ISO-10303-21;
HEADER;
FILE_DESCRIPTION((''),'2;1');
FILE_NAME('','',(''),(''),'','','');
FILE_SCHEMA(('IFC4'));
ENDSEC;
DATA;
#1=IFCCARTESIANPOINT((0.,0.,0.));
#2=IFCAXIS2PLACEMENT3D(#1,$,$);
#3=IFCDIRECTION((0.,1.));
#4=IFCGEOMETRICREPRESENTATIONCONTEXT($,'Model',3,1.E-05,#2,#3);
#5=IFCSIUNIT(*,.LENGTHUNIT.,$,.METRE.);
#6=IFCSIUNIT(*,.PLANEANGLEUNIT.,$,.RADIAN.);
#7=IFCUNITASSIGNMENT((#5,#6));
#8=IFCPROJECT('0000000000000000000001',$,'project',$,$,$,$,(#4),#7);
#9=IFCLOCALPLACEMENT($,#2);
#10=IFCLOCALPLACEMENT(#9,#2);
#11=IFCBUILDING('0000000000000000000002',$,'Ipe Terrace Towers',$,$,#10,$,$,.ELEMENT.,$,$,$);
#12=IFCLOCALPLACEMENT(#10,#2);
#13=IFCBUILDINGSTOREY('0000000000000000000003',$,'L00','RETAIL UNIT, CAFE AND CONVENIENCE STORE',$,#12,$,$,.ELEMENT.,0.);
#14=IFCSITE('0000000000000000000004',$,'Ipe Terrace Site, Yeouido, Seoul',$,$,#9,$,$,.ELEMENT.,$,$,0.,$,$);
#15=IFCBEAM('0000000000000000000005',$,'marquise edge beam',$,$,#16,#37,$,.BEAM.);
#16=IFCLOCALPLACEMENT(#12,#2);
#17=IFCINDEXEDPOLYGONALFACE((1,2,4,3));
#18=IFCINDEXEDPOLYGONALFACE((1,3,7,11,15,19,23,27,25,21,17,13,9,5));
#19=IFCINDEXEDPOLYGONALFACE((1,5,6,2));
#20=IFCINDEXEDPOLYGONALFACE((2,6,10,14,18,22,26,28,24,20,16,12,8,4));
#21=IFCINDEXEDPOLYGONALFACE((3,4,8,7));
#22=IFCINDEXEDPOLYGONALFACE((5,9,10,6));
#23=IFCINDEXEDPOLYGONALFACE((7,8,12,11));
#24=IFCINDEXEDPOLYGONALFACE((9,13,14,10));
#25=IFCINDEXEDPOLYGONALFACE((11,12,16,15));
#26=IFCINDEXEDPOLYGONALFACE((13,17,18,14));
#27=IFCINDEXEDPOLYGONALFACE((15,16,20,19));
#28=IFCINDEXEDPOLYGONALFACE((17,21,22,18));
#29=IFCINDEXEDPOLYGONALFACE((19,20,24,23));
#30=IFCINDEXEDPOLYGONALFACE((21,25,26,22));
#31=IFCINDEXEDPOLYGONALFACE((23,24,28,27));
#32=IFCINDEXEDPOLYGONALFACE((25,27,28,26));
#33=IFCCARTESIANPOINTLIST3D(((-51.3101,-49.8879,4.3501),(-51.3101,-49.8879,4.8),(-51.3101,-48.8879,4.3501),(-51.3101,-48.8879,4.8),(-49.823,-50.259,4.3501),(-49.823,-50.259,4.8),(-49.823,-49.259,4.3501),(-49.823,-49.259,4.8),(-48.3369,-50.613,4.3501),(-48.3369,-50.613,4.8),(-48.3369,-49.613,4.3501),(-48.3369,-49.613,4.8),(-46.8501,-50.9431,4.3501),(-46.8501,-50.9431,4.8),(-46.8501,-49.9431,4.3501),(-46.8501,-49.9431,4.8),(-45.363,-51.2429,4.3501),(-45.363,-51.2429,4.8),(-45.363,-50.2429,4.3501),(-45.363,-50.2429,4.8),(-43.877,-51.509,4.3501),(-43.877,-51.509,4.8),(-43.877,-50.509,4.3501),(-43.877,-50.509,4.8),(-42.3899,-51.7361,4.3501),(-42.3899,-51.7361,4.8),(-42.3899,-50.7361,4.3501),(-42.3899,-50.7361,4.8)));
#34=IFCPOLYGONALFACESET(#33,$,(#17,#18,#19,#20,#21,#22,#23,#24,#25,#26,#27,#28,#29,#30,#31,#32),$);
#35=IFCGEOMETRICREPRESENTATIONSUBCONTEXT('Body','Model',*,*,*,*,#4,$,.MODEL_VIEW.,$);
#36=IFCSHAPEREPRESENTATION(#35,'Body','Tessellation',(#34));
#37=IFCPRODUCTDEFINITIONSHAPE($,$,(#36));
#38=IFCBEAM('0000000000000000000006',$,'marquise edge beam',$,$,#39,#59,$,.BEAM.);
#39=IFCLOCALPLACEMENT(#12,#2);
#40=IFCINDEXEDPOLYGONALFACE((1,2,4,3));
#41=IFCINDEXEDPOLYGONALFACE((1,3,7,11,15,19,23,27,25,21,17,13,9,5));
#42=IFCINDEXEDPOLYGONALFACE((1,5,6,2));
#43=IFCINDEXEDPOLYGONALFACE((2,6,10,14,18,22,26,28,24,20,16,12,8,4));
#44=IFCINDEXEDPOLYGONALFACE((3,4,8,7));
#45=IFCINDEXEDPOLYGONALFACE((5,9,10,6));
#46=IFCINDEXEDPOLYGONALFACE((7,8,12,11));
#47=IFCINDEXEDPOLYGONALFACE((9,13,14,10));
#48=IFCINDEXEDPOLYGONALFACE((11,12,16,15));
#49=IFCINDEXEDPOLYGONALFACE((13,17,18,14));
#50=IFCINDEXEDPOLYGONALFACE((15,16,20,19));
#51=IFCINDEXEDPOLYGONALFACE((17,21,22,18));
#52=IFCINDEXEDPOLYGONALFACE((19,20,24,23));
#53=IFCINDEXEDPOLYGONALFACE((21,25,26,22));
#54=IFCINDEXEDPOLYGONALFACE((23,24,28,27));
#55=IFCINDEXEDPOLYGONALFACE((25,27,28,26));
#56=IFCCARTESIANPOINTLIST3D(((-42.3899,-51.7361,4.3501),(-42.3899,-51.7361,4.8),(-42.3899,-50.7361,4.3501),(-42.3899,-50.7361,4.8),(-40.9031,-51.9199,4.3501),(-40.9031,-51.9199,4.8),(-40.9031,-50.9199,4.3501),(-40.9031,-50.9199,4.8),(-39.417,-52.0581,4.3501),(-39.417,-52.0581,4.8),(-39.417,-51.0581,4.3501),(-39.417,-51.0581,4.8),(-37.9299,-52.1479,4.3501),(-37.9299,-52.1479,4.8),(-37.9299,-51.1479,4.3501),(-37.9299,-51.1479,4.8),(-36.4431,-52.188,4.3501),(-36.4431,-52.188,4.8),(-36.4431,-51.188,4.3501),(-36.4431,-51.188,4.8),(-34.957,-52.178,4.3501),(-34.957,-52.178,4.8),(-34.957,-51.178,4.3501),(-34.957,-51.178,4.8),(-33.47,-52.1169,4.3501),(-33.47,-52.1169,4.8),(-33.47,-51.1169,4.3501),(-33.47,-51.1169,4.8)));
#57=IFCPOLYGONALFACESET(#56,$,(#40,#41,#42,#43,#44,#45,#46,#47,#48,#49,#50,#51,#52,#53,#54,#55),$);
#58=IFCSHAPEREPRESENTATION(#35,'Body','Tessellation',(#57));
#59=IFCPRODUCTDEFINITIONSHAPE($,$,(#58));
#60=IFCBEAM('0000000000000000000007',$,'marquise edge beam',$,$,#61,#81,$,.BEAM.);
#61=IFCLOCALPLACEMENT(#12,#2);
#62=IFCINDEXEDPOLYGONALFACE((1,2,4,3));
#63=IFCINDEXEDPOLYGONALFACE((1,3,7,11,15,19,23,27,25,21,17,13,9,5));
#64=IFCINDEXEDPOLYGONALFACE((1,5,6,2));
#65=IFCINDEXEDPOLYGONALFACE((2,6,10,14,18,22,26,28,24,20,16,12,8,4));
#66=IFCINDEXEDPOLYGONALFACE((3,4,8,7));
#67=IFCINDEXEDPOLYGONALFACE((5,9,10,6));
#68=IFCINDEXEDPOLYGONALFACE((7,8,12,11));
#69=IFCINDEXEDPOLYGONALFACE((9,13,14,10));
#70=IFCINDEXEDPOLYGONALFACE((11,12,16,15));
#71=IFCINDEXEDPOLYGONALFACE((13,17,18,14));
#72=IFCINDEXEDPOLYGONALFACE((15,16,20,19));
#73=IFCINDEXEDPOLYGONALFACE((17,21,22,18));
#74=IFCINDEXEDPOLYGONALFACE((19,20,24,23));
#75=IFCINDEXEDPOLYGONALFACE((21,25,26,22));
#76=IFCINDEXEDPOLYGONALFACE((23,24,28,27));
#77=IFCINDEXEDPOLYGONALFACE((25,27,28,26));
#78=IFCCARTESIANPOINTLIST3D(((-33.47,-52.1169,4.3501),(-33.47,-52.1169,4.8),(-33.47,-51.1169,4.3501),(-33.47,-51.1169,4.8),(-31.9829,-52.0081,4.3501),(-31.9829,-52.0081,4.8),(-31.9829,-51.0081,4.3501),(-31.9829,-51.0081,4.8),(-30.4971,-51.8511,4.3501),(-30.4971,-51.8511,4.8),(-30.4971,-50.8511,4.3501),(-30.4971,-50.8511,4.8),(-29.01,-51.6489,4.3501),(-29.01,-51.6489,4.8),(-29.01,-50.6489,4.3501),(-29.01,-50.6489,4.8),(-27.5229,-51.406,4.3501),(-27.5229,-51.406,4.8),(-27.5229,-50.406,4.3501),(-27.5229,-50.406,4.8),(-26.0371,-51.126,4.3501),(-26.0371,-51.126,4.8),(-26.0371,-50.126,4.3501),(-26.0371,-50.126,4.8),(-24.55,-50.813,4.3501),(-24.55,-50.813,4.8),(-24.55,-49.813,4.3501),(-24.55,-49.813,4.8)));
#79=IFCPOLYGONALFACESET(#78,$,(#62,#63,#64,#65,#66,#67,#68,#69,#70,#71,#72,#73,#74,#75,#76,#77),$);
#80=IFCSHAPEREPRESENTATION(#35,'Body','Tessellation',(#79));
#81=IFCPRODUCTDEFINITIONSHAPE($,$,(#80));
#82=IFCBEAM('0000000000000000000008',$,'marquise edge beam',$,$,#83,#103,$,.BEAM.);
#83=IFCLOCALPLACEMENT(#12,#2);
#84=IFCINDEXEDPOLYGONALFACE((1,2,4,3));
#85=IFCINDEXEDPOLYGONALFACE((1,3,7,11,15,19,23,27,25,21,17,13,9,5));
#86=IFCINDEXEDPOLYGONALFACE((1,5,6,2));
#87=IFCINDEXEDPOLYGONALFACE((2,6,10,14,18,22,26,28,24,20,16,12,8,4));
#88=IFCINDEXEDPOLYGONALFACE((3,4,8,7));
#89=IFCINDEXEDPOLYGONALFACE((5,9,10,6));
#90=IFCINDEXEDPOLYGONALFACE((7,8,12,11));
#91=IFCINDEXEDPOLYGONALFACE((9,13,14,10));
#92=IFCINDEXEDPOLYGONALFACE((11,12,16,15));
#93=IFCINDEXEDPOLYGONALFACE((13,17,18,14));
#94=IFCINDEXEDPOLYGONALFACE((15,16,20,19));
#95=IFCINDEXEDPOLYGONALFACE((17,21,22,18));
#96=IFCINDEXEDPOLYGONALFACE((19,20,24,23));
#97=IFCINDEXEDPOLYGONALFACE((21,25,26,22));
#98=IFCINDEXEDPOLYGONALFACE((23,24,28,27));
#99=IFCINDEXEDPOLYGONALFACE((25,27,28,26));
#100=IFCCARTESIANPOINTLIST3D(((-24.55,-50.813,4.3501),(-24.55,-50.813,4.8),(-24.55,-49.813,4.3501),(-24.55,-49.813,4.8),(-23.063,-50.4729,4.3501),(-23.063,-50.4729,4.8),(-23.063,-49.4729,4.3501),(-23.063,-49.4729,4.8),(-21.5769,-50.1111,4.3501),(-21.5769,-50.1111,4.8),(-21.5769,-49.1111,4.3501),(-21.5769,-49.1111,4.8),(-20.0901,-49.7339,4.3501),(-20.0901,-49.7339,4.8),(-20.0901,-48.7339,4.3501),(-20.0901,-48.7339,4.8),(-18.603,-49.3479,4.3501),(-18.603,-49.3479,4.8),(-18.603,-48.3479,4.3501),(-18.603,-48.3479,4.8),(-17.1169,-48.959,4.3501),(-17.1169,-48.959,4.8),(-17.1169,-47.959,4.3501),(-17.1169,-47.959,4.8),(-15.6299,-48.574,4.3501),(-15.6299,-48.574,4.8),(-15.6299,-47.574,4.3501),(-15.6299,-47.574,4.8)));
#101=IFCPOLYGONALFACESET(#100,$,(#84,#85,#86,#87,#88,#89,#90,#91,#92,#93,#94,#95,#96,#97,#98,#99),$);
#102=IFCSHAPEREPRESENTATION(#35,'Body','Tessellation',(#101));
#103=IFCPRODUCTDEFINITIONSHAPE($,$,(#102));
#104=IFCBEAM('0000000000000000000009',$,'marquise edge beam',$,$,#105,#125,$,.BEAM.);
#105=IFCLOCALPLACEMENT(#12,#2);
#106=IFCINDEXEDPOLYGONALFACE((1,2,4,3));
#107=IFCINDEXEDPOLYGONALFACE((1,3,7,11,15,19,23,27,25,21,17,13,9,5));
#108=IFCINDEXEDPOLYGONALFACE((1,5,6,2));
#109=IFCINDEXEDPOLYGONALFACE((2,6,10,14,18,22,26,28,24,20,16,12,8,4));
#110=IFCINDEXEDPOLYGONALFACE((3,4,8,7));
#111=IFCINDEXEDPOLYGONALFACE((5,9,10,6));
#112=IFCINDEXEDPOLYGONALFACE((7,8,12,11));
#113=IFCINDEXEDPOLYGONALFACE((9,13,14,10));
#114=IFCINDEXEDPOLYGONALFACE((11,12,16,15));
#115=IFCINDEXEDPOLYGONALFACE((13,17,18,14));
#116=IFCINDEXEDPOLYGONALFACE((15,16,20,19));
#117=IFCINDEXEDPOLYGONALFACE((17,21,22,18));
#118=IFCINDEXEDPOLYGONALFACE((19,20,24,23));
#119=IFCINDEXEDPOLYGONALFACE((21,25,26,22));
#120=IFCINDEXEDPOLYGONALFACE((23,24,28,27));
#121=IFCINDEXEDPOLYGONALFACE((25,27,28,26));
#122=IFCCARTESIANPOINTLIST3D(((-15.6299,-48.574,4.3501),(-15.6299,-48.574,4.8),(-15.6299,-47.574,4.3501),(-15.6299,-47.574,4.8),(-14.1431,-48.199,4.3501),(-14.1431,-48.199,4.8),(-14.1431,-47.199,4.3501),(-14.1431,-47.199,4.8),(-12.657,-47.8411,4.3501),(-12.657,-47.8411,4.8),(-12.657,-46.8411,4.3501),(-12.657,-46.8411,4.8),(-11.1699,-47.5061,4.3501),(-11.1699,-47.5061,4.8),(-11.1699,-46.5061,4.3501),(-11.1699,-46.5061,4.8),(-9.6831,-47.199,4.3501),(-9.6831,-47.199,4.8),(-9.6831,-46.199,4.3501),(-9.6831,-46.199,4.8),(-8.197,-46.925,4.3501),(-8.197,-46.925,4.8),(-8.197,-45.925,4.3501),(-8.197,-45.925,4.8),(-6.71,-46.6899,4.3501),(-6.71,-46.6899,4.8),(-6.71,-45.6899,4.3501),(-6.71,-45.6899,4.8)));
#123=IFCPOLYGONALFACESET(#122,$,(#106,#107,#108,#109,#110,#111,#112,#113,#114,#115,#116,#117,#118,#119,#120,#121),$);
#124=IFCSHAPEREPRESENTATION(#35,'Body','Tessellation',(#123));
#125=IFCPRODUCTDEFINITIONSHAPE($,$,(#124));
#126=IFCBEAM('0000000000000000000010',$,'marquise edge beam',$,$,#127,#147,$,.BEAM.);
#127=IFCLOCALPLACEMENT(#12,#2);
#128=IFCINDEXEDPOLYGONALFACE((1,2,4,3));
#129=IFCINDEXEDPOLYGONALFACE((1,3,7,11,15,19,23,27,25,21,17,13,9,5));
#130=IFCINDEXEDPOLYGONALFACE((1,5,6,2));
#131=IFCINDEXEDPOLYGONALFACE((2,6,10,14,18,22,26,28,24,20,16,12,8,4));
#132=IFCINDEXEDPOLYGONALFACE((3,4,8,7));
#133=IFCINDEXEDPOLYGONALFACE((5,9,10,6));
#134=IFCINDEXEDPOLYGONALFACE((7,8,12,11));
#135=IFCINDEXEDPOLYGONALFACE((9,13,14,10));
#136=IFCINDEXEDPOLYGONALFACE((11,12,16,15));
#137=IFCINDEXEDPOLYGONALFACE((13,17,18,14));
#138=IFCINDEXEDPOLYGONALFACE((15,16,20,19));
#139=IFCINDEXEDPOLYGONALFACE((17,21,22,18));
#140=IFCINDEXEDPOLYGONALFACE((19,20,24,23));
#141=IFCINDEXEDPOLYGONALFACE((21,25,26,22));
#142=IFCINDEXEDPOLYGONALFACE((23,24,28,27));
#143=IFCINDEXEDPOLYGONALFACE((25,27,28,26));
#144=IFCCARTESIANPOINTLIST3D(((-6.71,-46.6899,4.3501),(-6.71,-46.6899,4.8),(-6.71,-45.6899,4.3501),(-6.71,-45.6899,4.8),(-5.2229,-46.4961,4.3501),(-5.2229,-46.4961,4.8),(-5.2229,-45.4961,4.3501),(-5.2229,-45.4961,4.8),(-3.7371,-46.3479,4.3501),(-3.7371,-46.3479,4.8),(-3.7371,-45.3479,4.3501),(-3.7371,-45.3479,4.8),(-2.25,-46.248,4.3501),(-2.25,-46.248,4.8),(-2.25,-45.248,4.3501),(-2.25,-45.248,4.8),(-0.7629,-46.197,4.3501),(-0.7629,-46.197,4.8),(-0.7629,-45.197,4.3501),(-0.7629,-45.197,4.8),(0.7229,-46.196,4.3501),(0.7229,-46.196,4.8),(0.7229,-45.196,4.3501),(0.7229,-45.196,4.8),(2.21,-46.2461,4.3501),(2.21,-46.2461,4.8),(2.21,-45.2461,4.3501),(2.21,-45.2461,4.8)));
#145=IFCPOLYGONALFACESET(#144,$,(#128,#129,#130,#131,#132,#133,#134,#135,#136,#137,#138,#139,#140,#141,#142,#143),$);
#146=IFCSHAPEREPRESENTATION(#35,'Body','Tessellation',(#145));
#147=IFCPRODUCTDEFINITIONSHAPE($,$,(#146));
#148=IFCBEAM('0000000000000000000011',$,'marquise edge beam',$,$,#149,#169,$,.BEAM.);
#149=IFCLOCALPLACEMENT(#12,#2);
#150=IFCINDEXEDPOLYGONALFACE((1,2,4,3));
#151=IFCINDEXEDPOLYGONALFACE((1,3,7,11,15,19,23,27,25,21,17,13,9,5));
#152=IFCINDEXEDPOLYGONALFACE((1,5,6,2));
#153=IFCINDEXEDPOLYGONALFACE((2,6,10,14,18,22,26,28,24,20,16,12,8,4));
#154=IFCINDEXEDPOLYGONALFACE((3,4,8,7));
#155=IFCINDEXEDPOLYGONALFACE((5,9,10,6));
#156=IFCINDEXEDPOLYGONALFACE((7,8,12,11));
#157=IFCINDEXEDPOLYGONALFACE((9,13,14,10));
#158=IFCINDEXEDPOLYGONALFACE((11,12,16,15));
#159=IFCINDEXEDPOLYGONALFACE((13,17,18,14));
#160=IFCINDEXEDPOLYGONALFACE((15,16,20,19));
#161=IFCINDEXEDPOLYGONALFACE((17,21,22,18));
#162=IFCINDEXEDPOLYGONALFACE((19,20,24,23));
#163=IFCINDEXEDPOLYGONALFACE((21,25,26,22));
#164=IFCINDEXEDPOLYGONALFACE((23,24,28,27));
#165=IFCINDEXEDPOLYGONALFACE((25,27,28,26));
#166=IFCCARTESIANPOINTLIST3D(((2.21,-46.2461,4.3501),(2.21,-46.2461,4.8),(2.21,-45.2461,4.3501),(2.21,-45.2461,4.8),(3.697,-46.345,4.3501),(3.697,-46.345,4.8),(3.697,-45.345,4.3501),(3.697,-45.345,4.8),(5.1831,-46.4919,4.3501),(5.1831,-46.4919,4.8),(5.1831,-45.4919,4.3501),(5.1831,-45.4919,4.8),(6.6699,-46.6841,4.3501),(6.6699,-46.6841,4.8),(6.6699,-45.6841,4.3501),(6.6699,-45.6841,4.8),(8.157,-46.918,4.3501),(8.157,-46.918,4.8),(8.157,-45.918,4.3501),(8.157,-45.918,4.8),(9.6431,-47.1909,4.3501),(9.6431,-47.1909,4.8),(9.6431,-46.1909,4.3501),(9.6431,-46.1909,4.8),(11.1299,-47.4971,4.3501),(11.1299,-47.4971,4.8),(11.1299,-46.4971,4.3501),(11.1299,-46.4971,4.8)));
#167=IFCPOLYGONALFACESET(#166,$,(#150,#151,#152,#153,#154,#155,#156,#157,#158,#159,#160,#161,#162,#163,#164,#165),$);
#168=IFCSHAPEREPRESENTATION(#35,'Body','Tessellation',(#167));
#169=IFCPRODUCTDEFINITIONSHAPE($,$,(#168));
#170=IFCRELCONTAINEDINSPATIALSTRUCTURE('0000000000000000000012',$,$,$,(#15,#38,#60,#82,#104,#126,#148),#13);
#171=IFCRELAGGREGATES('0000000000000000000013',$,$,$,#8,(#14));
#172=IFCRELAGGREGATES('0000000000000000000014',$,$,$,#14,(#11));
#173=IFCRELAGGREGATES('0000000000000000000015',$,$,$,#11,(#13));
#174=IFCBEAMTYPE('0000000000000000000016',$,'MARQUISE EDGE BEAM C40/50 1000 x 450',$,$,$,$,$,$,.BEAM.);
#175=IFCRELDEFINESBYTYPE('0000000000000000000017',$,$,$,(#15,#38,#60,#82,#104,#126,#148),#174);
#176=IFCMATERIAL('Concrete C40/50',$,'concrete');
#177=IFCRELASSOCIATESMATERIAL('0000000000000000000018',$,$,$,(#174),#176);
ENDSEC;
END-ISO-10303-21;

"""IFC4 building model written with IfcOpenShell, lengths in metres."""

from ifc_helpers import new_model, si_unit, direction, frame, origin, place, context, subcontext, project, spatial, polyline, outline, extrude, material, type_object, element, save


model = new_model("IFC4")

# Units and contexts
model_context = context("Model", 3, precision=1e-05, world=origin(), true_north=direction((0.0, 1.0)))
body_context = subcontext(model_context, "Body", "Model", "MODEL_VIEW")
ifc_project = project(units=[si_unit("LENGTHUNIT", "METRE"), si_unit("PLANEANGLEUNIT", "RADIAN")], contexts=[model_context])

# Site, building, storey
site_placement = place(None, origin())
site = spatial("IfcSite", under=ifc_project, at=site_placement, Name="Ipe Terrace Site, Yeouido, Seoul", CompositionType="ELEMENT", RefElevation=0.0)
building_placement = place(site_placement, origin())
building = spatial("IfcBuilding", under=site, at=building_placement, Name="Ipe Terrace Towers", CompositionType="ELEMENT")
storey_placement = place(building_placement, origin())
storey = spatial("IfcBuildingStorey", under=building, at=storey_placement, Name="L00", Description="RETAIL UNIT, CAFE AND CONVENIENCE STORE", CompositionType="ELEMENT", Elevation=0.0)

# Beams
ifc_material_1 = material(Name="Concrete C40/50", Category="concrete")
beam_type = type_object("IfcBeamType", Name="MARQUISE EDGE BEAM C40/50 1000 x 450", PredefinedType="BEAM", material=ifc_material_1)
beam_1_placement = place(storey_placement, frame((0.0, 0.0, 4.3501)))
element("IfcBeam", 1, at=beam_1_placement, inside=storey, type_object=beam_type, Name="marquise edge beam", PredefinedType="BEAM", context=body_context, shape_type="SweptSolid", body=[
    extrude(outline(polyline([(-51.3101, -49.8879), (-51.3101, -48.8879), (-49.823, -49.259), (-48.3369, -49.613), (-46.8501, -49.9431), (-45.363, -50.2429), (-43.877, -50.509), (-42.3899, -50.7361), (-42.3899, -51.7361), (-43.877, -51.509), (-45.363, -51.2429), (-46.8501, -50.9431), (-48.3369, -50.613), (-49.823, -50.259), (-51.3101, -49.8879)])), origin(), (0.0, 0.0, 1.0), 0.45),
])
beam_2_placement = place(storey_placement, frame((0.0, 0.0, 4.3501)))
element("IfcBeam", 2, at=beam_2_placement, inside=storey, type_object=beam_type, Name="marquise edge beam", PredefinedType="BEAM", context=body_context, shape_type="SweptSolid", body=[
    extrude(outline(polyline([(-42.3899, -51.7361), (-42.3899, -50.7361), (-40.9031, -50.9199), (-39.417, -51.0581), (-37.9299, -51.1479), (-36.4431, -51.188), (-34.957, -51.178), (-33.47, -51.1169), (-33.47, -52.1169), (-34.957, -52.178), (-36.4431, -52.188), (-37.9299, -52.1479), (-39.417, -52.0581), (-40.9031, -51.9199), (-42.3899, -51.7361)])), origin(), (0.0, 0.0, 1.0), 0.45),
])
beam_3_placement = place(storey_placement, frame((0.0, 0.0, 4.3501)))
element("IfcBeam", 3, at=beam_3_placement, inside=storey, type_object=beam_type, Name="marquise edge beam", PredefinedType="BEAM", context=body_context, shape_type="SweptSolid", body=[
    extrude(outline(polyline([(-33.47, -52.1169), (-33.47, -51.1169), (-31.9829, -51.0081), (-30.4971, -50.8511), (-29.01, -50.6489), (-27.5229, -50.406), (-26.0371, -50.126), (-24.55, -49.813), (-24.55, -50.813), (-26.0371, -51.126), (-27.5229, -51.406), (-29.01, -51.6489), (-30.4971, -51.8511), (-31.9829, -52.0081), (-33.47, -52.1169)])), origin(), (0.0, 0.0, 1.0), 0.45),
])
beam_4_placement = place(storey_placement, frame((0.0, 0.0, 4.3501)))
element("IfcBeam", 4, at=beam_4_placement, inside=storey, type_object=beam_type, Name="marquise edge beam", PredefinedType="BEAM", context=body_context, shape_type="SweptSolid", body=[
    extrude(outline(polyline([(-24.55, -50.813), (-24.55, -49.813), (-23.063, -49.4729), (-21.5769, -49.1111), (-20.0901, -48.7339), (-18.603, -48.3479), (-17.1169, -47.959), (-15.6299, -47.574), (-15.6299, -48.574), (-17.1169, -48.959), (-18.603, -49.3479), (-20.0901, -49.7339), (-21.5769, -50.1111), (-23.063, -50.4729), (-24.55, -50.813)])), origin(), (0.0, 0.0, 1.0), 0.45),
])
beam_5_placement = place(storey_placement, frame((0.0, 0.0, 4.3501)))
element("IfcBeam", 5, at=beam_5_placement, inside=storey, type_object=beam_type, Name="marquise edge beam", PredefinedType="BEAM", context=body_context, shape_type="SweptSolid", body=[
    extrude(outline(polyline([(-15.6299, -48.574), (-15.6299, -47.574), (-14.1431, -47.199), (-12.657, -46.8411), (-11.1699, -46.5061), (-9.6831, -46.199), (-8.197, -45.925), (-6.71, -45.6899), (-6.71, -46.6899), (-8.197, -46.925), (-9.6831, -47.199), (-11.1699, -47.5061), (-12.657, -47.8411), (-14.1431, -48.199), (-15.6299, -48.574)])), origin(), (0.0, 0.0, 1.0), 0.45),
])
beam_6_placement = place(storey_placement, frame((0.0, 0.0, 4.3501)))
element("IfcBeam", 6, at=beam_6_placement, inside=storey, type_object=beam_type, Name="marquise edge beam", PredefinedType="BEAM", context=body_context, shape_type="SweptSolid", body=[
    extrude(outline(polyline([(-6.71, -46.6899), (-6.71, -45.6899), (-5.2229, -45.4961), (-3.7371, -45.3479), (-2.25, -45.248), (-0.7629, -45.197), (0.7229, -45.196), (2.21, -45.2461), (2.21, -46.2461), (0.7229, -46.196), (-0.7629, -46.197), (-2.25, -46.248), (-3.7371, -46.3479), (-5.2229, -46.4961), (-6.71, -46.6899)])), origin(), (0.0, 0.0, 1.0), 0.45),
])
beam_7_placement = place(storey_placement, frame((0.0, 0.0, 4.3501)))
element("IfcBeam", 7, at=beam_7_placement, inside=storey, type_object=beam_type, Name="marquise edge beam", PredefinedType="BEAM", context=body_context, shape_type="SweptSolid", body=[
    extrude(outline(polyline([(2.21, -46.2461), (2.21, -45.2461), (3.697, -45.345), (5.1831, -45.4919), (6.6699, -45.6841), (8.157, -45.918), (9.6431, -46.1909), (11.1299, -46.4971), (11.1299, -47.4971), (9.6431, -47.1909), (8.157, -46.918), (6.6699, -46.6841), (5.1831, -46.4919), (3.697, -46.345), (2.21, -46.2461)])), origin(), (0.0, 0.0, 1.0), 0.45),
])

save(model, "model.ifc")
